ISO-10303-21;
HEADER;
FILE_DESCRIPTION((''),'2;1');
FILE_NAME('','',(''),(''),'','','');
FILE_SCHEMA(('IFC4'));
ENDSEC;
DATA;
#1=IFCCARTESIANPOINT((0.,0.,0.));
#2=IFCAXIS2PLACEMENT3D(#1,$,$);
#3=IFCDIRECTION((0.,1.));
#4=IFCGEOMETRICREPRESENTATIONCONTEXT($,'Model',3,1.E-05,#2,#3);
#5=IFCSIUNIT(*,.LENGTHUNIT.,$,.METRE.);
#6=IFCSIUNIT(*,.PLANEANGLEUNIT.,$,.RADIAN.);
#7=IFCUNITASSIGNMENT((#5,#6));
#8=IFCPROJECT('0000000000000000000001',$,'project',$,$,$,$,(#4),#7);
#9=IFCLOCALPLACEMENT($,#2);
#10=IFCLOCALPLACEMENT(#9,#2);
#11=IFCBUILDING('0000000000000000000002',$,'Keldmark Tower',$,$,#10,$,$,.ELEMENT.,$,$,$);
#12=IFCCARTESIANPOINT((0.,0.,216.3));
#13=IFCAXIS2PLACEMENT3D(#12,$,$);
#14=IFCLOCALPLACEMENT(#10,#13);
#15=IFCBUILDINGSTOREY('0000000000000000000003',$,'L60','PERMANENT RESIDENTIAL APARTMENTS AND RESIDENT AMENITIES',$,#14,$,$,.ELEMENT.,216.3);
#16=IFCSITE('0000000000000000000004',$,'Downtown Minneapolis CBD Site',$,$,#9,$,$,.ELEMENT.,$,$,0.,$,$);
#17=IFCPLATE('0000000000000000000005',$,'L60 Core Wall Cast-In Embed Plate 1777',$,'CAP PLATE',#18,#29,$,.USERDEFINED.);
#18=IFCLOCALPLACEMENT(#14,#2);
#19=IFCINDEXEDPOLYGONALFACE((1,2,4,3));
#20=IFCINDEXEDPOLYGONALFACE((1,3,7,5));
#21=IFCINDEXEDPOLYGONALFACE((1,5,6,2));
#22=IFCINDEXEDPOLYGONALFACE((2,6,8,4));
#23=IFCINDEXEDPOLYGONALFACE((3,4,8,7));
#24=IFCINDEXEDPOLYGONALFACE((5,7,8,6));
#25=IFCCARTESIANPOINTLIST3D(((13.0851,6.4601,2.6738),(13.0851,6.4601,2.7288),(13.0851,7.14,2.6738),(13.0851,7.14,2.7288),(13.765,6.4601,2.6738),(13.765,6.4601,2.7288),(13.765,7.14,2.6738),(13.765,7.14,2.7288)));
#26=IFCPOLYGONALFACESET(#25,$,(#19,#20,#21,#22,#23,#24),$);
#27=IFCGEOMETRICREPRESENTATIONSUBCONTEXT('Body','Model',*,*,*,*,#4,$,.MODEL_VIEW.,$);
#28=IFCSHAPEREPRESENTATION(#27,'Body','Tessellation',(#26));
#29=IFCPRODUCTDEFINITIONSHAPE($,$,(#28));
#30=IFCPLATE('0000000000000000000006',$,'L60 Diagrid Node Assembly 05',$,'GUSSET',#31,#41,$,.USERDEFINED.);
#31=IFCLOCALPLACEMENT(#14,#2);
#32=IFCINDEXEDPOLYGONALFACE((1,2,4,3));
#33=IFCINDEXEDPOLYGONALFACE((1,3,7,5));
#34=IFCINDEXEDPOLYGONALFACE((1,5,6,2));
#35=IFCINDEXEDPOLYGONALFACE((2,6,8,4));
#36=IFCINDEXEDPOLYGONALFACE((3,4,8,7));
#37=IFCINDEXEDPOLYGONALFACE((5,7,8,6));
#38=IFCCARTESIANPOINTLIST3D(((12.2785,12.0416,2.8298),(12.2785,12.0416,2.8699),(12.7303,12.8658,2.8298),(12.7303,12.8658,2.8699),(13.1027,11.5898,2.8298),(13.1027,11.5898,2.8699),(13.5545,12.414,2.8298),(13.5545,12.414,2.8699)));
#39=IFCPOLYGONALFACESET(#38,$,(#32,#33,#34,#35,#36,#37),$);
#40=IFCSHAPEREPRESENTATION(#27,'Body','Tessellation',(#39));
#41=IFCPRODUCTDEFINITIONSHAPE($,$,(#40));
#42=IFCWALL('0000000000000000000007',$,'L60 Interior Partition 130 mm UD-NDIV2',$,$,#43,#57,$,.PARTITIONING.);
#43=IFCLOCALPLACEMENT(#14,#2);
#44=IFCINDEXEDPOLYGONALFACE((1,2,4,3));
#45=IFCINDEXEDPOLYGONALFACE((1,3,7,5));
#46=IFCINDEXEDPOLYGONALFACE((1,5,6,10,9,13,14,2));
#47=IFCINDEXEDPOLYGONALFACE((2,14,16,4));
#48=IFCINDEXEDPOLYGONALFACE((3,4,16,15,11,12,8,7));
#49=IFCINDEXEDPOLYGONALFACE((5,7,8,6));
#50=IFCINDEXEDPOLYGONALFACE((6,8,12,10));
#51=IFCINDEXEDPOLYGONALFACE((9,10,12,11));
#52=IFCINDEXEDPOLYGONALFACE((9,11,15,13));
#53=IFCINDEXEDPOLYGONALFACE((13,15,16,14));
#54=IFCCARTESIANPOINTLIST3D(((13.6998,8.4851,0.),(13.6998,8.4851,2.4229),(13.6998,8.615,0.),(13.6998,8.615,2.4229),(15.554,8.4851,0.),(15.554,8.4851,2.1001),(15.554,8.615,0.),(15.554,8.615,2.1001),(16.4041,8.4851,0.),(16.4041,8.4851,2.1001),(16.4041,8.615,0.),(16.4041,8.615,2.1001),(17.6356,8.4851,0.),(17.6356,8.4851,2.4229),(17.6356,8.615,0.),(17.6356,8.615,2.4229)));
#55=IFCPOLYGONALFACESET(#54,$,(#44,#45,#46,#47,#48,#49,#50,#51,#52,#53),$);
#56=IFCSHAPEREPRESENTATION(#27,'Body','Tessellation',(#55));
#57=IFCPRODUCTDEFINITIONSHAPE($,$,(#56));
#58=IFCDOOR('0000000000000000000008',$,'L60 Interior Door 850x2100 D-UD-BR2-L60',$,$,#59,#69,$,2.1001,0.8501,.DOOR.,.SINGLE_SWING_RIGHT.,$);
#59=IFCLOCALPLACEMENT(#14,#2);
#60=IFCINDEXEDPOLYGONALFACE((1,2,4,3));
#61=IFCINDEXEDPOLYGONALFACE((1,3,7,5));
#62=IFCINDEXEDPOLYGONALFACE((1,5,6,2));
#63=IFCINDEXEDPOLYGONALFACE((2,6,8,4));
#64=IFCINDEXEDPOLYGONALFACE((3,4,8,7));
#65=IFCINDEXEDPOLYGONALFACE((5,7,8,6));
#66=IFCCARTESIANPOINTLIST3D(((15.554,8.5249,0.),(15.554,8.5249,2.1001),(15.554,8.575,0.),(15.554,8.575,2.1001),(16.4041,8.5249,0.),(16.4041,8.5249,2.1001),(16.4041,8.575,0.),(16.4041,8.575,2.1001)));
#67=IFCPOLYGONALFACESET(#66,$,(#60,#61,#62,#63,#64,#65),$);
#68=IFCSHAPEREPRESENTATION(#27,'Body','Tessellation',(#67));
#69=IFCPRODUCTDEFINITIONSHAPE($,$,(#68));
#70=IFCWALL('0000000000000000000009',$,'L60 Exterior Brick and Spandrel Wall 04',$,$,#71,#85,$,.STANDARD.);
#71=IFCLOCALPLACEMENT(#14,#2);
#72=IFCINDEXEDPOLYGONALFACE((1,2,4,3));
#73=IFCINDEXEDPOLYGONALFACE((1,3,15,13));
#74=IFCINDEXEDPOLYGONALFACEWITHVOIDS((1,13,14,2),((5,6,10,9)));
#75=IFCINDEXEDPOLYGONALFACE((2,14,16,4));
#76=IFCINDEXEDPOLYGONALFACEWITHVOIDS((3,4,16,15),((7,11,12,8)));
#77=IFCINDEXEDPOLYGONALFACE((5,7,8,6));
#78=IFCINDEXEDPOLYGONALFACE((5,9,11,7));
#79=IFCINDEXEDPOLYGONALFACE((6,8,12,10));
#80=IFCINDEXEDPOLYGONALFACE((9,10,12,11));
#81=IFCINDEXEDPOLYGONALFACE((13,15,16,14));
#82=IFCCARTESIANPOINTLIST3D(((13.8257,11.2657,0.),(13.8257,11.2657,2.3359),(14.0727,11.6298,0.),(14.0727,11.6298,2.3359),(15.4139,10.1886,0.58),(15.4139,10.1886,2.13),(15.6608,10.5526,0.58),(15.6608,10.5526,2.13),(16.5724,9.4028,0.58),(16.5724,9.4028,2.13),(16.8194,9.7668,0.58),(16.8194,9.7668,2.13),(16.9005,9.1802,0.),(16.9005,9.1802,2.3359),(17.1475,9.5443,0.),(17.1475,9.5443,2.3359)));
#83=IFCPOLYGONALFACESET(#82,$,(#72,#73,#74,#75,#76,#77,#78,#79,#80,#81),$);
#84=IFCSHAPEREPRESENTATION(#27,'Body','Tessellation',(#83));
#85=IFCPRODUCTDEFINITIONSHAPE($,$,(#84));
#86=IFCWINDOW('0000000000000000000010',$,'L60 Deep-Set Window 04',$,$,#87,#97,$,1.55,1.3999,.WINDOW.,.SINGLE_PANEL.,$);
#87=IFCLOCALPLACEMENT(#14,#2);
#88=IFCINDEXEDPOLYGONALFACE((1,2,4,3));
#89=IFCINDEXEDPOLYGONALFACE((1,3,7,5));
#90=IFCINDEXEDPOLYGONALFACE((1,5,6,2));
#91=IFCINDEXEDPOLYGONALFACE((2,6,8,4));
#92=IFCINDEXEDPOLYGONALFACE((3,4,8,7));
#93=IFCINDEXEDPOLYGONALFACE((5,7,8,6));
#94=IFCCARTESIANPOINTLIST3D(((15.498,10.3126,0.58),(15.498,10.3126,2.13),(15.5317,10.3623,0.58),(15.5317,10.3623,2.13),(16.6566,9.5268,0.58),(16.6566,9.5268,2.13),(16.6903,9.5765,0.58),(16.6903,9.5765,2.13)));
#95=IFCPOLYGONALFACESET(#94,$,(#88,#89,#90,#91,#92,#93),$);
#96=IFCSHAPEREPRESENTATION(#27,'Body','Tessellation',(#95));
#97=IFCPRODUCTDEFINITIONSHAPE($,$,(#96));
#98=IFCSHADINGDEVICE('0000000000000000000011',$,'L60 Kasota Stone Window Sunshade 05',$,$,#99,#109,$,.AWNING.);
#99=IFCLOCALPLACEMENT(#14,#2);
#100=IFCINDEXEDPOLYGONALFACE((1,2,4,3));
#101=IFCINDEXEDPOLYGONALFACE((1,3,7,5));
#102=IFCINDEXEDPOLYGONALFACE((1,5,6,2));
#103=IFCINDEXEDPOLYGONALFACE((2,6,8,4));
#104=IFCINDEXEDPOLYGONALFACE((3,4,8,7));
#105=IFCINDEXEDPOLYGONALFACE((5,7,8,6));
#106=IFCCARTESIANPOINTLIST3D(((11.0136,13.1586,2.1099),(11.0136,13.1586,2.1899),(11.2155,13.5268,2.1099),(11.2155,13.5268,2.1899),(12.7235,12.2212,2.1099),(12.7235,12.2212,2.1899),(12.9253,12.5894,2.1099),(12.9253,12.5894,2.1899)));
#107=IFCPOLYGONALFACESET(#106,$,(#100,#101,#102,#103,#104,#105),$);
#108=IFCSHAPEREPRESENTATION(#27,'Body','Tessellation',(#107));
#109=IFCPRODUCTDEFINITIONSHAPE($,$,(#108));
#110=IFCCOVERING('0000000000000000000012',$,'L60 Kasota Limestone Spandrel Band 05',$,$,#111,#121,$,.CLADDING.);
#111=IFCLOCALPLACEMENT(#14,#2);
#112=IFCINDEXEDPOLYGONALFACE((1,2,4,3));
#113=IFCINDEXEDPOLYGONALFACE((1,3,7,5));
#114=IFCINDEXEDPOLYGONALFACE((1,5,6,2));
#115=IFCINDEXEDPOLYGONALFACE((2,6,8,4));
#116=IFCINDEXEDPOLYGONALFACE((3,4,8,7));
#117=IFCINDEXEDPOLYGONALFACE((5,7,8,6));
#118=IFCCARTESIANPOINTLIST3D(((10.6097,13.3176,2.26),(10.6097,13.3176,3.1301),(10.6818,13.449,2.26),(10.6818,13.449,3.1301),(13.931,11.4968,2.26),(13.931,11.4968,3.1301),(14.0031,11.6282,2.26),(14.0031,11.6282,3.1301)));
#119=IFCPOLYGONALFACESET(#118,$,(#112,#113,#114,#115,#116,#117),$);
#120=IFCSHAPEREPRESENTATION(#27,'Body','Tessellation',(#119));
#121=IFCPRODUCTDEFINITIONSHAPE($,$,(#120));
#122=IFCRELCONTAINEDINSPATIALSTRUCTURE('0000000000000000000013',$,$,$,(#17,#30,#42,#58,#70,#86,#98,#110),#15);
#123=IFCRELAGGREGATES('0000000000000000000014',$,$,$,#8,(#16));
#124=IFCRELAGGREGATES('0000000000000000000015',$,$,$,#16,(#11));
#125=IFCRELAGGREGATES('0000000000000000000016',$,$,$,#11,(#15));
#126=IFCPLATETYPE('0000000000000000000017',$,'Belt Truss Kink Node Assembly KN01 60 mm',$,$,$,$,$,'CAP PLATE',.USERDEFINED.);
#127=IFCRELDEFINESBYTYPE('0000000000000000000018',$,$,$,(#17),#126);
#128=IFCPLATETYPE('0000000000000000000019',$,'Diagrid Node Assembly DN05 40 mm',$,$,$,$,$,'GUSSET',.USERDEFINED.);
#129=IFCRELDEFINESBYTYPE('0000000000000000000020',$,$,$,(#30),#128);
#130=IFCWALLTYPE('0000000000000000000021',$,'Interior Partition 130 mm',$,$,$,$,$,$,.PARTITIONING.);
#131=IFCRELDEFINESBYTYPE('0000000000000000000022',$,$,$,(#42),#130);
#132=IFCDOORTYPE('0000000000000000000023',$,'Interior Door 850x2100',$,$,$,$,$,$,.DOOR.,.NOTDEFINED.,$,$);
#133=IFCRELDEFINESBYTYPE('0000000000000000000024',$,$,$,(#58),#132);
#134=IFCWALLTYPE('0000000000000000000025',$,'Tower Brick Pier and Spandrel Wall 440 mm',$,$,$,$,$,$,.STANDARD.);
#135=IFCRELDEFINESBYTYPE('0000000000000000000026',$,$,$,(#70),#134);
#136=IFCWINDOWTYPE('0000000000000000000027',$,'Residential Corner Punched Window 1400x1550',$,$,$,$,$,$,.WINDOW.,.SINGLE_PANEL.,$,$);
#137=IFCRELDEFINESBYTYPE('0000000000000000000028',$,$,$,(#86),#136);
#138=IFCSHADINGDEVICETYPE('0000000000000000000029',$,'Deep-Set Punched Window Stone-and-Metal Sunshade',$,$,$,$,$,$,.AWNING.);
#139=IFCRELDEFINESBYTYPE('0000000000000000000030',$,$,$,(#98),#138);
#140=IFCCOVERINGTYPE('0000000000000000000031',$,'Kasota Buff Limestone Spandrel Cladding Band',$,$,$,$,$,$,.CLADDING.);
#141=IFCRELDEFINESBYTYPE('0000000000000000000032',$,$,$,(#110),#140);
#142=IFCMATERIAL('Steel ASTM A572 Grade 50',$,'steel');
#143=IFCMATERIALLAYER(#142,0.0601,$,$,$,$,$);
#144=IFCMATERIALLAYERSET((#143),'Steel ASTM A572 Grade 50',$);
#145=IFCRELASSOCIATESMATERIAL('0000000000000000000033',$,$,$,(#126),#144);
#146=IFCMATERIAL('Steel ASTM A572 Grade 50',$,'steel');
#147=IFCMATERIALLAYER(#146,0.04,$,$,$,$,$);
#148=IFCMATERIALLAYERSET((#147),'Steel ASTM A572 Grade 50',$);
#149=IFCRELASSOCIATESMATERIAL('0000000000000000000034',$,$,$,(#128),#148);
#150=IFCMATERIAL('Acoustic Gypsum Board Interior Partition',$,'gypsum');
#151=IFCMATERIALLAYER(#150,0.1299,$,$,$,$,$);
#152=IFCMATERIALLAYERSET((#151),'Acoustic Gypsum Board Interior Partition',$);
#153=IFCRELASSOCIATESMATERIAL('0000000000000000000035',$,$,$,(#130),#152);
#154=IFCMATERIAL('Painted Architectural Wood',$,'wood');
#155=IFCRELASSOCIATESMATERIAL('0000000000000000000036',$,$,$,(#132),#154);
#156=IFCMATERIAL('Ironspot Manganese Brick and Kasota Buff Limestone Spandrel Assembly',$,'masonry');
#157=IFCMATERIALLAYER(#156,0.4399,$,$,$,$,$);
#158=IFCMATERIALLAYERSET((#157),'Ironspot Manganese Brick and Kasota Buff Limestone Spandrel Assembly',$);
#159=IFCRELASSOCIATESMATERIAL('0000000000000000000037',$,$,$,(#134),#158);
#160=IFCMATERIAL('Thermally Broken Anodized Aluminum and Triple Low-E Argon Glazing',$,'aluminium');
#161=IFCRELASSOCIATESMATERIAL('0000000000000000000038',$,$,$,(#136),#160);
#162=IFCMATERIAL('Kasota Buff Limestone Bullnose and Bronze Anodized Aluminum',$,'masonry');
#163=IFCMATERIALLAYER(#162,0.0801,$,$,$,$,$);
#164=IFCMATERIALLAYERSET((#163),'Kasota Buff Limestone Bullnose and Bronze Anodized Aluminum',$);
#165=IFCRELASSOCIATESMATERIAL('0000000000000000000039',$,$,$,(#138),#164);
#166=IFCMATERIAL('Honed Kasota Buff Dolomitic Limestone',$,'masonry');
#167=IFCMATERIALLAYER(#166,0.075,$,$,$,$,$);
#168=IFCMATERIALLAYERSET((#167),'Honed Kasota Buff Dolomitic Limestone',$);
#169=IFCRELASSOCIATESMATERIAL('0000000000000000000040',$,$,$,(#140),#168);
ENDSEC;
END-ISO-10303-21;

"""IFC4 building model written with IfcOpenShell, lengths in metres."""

from ifc_helpers import new_model, si_unit, direction, frame, frame_2d, origin, origin_2d, place, context, subcontext, project, spatial, rectangle, extrude, material, layer, layer_set, type_object, element, fill, save


model = new_model("IFC4")

# Units and contexts
model_context = context("Model", 3, precision=1e-05, world=origin(), true_north=direction((0.0, 1.0)))
body_context = subcontext(model_context, "Body", "Model", "MODEL_VIEW")
ifc_project = project(units=[si_unit("LENGTHUNIT", "METRE"), si_unit("PLANEANGLEUNIT", "RADIAN")], contexts=[model_context])

# Site, building, storey
site_placement = place(None, origin())
site = spatial("IfcSite", under=ifc_project, at=site_placement, Name="Downtown Minneapolis CBD Site", CompositionType="ELEMENT", RefElevation=0.0)
building_placement = place(site_placement, origin())
building = spatial("IfcBuilding", under=site, at=building_placement, Name="Keldmark Tower", CompositionType="ELEMENT")
storey_placement = place(building_placement, frame((0.0, 0.0, 216.3)))
storey = spatial("IfcBuildingStorey", under=building, at=storey_placement, Name="L60", Description="PERMANENT RESIDENTIAL APARTMENTS AND RESIDENT AMENITIES", CompositionType="ELEMENT", Elevation=216.3)

# Plates
ifc_material_1 = material(Name="Steel ASTM A572 Grade 50", Category="steel")
ifc_layer_1 = layer(ifc_material_1, 0.0601)
ifc_layer_set_1 = layer_set([ifc_layer_1], Name="Steel ASTM A572 Grade 50")
plate_type_1 = type_object("IfcPlateType", Name="Belt Truss Kink Node Assembly KN01 60 mm", ElementType="CAP PLATE", PredefinedType="USERDEFINED", material=ifc_layer_set_1)
for number, where, z_axis, x_axis, name in (
    (1, (13.425, 6.8, 2.6738), (0.0, 0.0, 1.0), (1.0, 0.0, 0.0), "L60 Core Wall Cast-In Embed Plate 1777"),
):
    element("IfcPlate", number, at=place(storey_placement, frame(where, z_axis=z_axis, x_axis=x_axis)), inside=storey, type_object=plate_type_1, Name=name, ObjectType="CAP PLATE", PredefinedType="USERDEFINED", context=body_context, shape_type="SweptSolid", body=[
        extrude(rectangle(XDim=0.6799, YDim=0.6799, at=origin_2d()), origin(), (0.0, 0.0, 1.0), 0.0549),
    ])
ifc_material_2 = material(Name="Steel ASTM A572 Grade 50", Category="steel")
ifc_layer_2 = layer(ifc_material_2, 0.04)
ifc_layer_set_2 = layer_set([ifc_layer_2], Name="Steel ASTM A572 Grade 50")
plate_type_2 = type_object("IfcPlateType", Name="Diagrid Node Assembly DN05 40 mm", ElementType="GUSSET", PredefinedType="USERDEFINED", material=ifc_layer_set_2)
plate_placement = place(storey_placement, frame((12.9165, 12.2278, 2.8298), z_axis=(0.0, 0.0, 1.0), x_axis=(-0.876895, 0.480683, 0.0)))
element("IfcPlate", 2, at=plate_placement, inside=storey, type_object=plate_type_2, Name="L60 Diagrid Node Assembly 05", ObjectType="GUSSET", PredefinedType="USERDEFINED", context=body_context, shape_type="SweptSolid", body=[
    extrude(rectangle(XDim=0.9399, YDim=0.9399, at=origin_2d()), origin(), (0.0, 0.0, 1.0), 0.04),
])

# Wall, opening, door
ifc_material_3 = material(Name="Acoustic Gypsum Board Interior Partition", Category="gypsum")
ifc_layer_3 = layer(ifc_material_3, 0.1299)
ifc_layer_set_3 = layer_set([ifc_layer_3], Name="Acoustic Gypsum Board Interior Partition")
wall_type_1 = type_object("IfcWallType", Name="Interior Partition 130 mm", PredefinedType="PARTITIONING", material=ifc_layer_set_3)
wall_1_placement = place(storey_placement, frame((13.7, 8.55, 0.0), z_axis=(0.0, 0.0, 1.0), x_axis=(1.0, 0.0, 0.0)))
wall_1 = element("IfcWall", 3, at=wall_1_placement, inside=storey, type_object=wall_type_1, Name="L60 Interior Partition 130 mm UD-NDIV2", PredefinedType="PARTITIONING", context=body_context, shape_type="SweptSolid", body=[
    extrude(rectangle(XDim=3.9358, YDim=0.1299, at=frame_2d((1.9678, 0.0))), origin(), (0.0, 0.0, 1.0), 2.4229),
])
opening_1_placement = place(wall_1_placement, frame((1.854, 0.0, 0.0)))
opening_1 = element("IfcOpeningElement", 4, at=opening_1_placement, cuts=wall_1, PredefinedType="OPENING", context=body_context, shape_type="SweptSolid", body=[
    extrude(rectangle(XDim=0.8501, YDim=2.1001, at=frame_2d((0.425, 1.05))), frame((0.0, 0.075, 0.0), z_axis=(0.0, -1.0, 0.0), x_axis=(1.0, 0.0, 0.0)), (0.0, 0.0, 1.0), 0.1499),
])
ifc_material_4 = material(Name="Painted Architectural Wood", Category="wood")
door_type = type_object("IfcDoorType", Name="Interior Door 850x2100", OperationType="NOTDEFINED", PredefinedType="DOOR", material=ifc_material_4)
door_placement = place(opening_1_placement, origin())
door = element("IfcDoor", 5, at=door_placement, inside=storey, type_object=door_type, Name="L60 Interior Door 850x2100 D-UD-BR2-L60", OperationType="SINGLE_SWING_RIGHT", OverallHeight=2.1001, OverallWidth=0.8501, PredefinedType="DOOR", context=body_context, shape_type="SweptSolid", body=[
    extrude(rectangle(XDim=0.8501, YDim=2.1001, at=frame_2d((0.425, 1.05))), frame((0.0, 0.0249, 0.0), z_axis=(0.0, -1.0, 0.0), x_axis=(1.0, 0.0, 0.0)), (0.0, 0.0, 1.0), 0.05),
])
fill(opening_1, door)

# Wall, opening, window
ifc_material_5 = material(Name="Ironspot Manganese Brick and Kasota Buff Limestone Spandrel Assembly", Category="masonry")
ifc_layer_4 = layer(ifc_material_5, 0.4399)
ifc_layer_set_4 = layer_set([ifc_layer_4], Name="Ironspot Manganese Brick and Kasota Buff Limestone Spandrel Assembly")
wall_type_2 = type_object("IfcWallType", Name="Tower Brick Pier and Spandrel Wall 440 mm", PredefinedType="STANDARD", material=ifc_layer_set_4)
wall_2_placement = place(storey_placement, frame((13.9492, 11.4478, 0.0), z_axis=(0.0, 0.0, 1.0), x_axis=(0.827596, -0.561325, 0.0)))
wall_2 = element("IfcWall", 6, at=wall_2_placement, inside=storey, type_object=wall_type_2, Name="L60 Exterior Brick and Spandrel Wall 04", PredefinedType="STANDARD", context=body_context, shape_type="SweptSolid", body=[
    extrude(rectangle(XDim=3.7153, YDim=0.4399, at=frame_2d((1.8577, 0.0))), origin(), (0.0, 0.0, 1.0), 2.3359),
])
opening_2_placement = place(wall_2_placement, frame((1.9189, 0.0, 0.5801)))
opening_2 = element("IfcOpeningElement", 7, at=opening_2_placement, cuts=wall_2, PredefinedType="OPENING", context=body_context, shape_type="SweptSolid", body=[
    extrude(rectangle(XDim=1.3999, YDim=1.55, at=frame_2d((0.7, 0.7749))), frame((0.0, 0.23, 0.0), z_axis=(0.0, -1.0, 0.0), x_axis=(1.0, 0.0, 0.0)), (0.0, 0.0, 1.0), 0.46),
])
ifc_material_6 = material(Name="Thermally Broken Anodized Aluminum and Triple Low-E Argon Glazing", Category="aluminium")
window_type = type_object("IfcWindowType", Name="Residential Corner Punched Window 1400x1550", PartitioningType="SINGLE_PANEL", PredefinedType="WINDOW", material=ifc_material_6)
window_placement = place(opening_2_placement, origin())
window = element("IfcWindow", 8, at=window_placement, inside=storey, type_object=window_type, Name="L60 Deep-Set Window 04", OverallHeight=1.55, OverallWidth=1.3999, PartitioningType="SINGLE_PANEL", PredefinedType="WINDOW", context=body_context, shape_type="SweptSolid", body=[
    extrude(rectangle(XDim=1.3999, YDim=1.55, at=frame_2d((0.7, 0.7749))), frame((0.0, -0.01, 0.0), z_axis=(0.0, -1.0, 0.0), x_axis=(1.0, 0.0, 0.0)), (0.0, 0.0, 1.0), 0.0601),
])
fill(opening_2, window)

# Shading device
ifc_material_7 = material(Name="Kasota Buff Limestone Bullnose and Bronze Anodized Aluminum", Category="masonry")
ifc_layer_5 = layer(ifc_material_7, 0.0801)
ifc_layer_set_5 = layer_set([ifc_layer_5], Name="Kasota Buff Limestone Bullnose and Bronze Anodized Aluminum")
shading_device_type = type_object("IfcShadingDeviceType", Name="Deep-Set Punched Window Stone-and-Metal Sunshade", PredefinedType="AWNING", material=ifc_layer_set_5)
shading_device_placement = place(storey_placement, frame((11.9695, 12.874, 2.1099), z_axis=(0.0, 0.0, 1.0), x_axis=(0.876878, -0.480713, 0.0)))
element("IfcShadingDevice", 9, at=shading_device_placement, inside=storey, type_object=shading_device_type, Name="L60 Kasota Stone Window Sunshade 05", PredefinedType="AWNING", context=body_context, shape_type="SweptSolid", body=[
    extrude(rectangle(XDim=1.95, YDim=0.4199, at=origin_2d()), origin(), (0.0, 0.0, 1.0), 0.0801),
])

# Covering
ifc_material_8 = material(Name="Honed Kasota Buff Dolomitic Limestone", Category="masonry")
ifc_layer_6 = layer(ifc_material_8, 0.075)
ifc_layer_set_6 = layer_set([ifc_layer_6], Name="Honed Kasota Buff Dolomitic Limestone")
covering_type = type_object("IfcCoveringType", Name="Kasota Buff Limestone Spandrel Cladding Band", PredefinedType="CLADDING", material=ifc_layer_set_6)
covering_placement = place(storey_placement, frame((12.3064, 12.4729, 2.26), z_axis=(0.0, 0.0, 1.0), x_axis=(-0.876878, 0.480713, 0.0)))
element("IfcCovering", 10, at=covering_placement, inside=storey, type_object=covering_type, Name="L60 Kasota Limestone Spandrel Band 05", PredefinedType="CLADDING", context=body_context, shape_type="SweptSolid", body=[
    extrude(rectangle(XDim=3.7876, YDim=0.1499, at=origin_2d()), origin(), (0.0, 0.0, 1.0), 0.8701),
])

save(model, "model.ifc")
